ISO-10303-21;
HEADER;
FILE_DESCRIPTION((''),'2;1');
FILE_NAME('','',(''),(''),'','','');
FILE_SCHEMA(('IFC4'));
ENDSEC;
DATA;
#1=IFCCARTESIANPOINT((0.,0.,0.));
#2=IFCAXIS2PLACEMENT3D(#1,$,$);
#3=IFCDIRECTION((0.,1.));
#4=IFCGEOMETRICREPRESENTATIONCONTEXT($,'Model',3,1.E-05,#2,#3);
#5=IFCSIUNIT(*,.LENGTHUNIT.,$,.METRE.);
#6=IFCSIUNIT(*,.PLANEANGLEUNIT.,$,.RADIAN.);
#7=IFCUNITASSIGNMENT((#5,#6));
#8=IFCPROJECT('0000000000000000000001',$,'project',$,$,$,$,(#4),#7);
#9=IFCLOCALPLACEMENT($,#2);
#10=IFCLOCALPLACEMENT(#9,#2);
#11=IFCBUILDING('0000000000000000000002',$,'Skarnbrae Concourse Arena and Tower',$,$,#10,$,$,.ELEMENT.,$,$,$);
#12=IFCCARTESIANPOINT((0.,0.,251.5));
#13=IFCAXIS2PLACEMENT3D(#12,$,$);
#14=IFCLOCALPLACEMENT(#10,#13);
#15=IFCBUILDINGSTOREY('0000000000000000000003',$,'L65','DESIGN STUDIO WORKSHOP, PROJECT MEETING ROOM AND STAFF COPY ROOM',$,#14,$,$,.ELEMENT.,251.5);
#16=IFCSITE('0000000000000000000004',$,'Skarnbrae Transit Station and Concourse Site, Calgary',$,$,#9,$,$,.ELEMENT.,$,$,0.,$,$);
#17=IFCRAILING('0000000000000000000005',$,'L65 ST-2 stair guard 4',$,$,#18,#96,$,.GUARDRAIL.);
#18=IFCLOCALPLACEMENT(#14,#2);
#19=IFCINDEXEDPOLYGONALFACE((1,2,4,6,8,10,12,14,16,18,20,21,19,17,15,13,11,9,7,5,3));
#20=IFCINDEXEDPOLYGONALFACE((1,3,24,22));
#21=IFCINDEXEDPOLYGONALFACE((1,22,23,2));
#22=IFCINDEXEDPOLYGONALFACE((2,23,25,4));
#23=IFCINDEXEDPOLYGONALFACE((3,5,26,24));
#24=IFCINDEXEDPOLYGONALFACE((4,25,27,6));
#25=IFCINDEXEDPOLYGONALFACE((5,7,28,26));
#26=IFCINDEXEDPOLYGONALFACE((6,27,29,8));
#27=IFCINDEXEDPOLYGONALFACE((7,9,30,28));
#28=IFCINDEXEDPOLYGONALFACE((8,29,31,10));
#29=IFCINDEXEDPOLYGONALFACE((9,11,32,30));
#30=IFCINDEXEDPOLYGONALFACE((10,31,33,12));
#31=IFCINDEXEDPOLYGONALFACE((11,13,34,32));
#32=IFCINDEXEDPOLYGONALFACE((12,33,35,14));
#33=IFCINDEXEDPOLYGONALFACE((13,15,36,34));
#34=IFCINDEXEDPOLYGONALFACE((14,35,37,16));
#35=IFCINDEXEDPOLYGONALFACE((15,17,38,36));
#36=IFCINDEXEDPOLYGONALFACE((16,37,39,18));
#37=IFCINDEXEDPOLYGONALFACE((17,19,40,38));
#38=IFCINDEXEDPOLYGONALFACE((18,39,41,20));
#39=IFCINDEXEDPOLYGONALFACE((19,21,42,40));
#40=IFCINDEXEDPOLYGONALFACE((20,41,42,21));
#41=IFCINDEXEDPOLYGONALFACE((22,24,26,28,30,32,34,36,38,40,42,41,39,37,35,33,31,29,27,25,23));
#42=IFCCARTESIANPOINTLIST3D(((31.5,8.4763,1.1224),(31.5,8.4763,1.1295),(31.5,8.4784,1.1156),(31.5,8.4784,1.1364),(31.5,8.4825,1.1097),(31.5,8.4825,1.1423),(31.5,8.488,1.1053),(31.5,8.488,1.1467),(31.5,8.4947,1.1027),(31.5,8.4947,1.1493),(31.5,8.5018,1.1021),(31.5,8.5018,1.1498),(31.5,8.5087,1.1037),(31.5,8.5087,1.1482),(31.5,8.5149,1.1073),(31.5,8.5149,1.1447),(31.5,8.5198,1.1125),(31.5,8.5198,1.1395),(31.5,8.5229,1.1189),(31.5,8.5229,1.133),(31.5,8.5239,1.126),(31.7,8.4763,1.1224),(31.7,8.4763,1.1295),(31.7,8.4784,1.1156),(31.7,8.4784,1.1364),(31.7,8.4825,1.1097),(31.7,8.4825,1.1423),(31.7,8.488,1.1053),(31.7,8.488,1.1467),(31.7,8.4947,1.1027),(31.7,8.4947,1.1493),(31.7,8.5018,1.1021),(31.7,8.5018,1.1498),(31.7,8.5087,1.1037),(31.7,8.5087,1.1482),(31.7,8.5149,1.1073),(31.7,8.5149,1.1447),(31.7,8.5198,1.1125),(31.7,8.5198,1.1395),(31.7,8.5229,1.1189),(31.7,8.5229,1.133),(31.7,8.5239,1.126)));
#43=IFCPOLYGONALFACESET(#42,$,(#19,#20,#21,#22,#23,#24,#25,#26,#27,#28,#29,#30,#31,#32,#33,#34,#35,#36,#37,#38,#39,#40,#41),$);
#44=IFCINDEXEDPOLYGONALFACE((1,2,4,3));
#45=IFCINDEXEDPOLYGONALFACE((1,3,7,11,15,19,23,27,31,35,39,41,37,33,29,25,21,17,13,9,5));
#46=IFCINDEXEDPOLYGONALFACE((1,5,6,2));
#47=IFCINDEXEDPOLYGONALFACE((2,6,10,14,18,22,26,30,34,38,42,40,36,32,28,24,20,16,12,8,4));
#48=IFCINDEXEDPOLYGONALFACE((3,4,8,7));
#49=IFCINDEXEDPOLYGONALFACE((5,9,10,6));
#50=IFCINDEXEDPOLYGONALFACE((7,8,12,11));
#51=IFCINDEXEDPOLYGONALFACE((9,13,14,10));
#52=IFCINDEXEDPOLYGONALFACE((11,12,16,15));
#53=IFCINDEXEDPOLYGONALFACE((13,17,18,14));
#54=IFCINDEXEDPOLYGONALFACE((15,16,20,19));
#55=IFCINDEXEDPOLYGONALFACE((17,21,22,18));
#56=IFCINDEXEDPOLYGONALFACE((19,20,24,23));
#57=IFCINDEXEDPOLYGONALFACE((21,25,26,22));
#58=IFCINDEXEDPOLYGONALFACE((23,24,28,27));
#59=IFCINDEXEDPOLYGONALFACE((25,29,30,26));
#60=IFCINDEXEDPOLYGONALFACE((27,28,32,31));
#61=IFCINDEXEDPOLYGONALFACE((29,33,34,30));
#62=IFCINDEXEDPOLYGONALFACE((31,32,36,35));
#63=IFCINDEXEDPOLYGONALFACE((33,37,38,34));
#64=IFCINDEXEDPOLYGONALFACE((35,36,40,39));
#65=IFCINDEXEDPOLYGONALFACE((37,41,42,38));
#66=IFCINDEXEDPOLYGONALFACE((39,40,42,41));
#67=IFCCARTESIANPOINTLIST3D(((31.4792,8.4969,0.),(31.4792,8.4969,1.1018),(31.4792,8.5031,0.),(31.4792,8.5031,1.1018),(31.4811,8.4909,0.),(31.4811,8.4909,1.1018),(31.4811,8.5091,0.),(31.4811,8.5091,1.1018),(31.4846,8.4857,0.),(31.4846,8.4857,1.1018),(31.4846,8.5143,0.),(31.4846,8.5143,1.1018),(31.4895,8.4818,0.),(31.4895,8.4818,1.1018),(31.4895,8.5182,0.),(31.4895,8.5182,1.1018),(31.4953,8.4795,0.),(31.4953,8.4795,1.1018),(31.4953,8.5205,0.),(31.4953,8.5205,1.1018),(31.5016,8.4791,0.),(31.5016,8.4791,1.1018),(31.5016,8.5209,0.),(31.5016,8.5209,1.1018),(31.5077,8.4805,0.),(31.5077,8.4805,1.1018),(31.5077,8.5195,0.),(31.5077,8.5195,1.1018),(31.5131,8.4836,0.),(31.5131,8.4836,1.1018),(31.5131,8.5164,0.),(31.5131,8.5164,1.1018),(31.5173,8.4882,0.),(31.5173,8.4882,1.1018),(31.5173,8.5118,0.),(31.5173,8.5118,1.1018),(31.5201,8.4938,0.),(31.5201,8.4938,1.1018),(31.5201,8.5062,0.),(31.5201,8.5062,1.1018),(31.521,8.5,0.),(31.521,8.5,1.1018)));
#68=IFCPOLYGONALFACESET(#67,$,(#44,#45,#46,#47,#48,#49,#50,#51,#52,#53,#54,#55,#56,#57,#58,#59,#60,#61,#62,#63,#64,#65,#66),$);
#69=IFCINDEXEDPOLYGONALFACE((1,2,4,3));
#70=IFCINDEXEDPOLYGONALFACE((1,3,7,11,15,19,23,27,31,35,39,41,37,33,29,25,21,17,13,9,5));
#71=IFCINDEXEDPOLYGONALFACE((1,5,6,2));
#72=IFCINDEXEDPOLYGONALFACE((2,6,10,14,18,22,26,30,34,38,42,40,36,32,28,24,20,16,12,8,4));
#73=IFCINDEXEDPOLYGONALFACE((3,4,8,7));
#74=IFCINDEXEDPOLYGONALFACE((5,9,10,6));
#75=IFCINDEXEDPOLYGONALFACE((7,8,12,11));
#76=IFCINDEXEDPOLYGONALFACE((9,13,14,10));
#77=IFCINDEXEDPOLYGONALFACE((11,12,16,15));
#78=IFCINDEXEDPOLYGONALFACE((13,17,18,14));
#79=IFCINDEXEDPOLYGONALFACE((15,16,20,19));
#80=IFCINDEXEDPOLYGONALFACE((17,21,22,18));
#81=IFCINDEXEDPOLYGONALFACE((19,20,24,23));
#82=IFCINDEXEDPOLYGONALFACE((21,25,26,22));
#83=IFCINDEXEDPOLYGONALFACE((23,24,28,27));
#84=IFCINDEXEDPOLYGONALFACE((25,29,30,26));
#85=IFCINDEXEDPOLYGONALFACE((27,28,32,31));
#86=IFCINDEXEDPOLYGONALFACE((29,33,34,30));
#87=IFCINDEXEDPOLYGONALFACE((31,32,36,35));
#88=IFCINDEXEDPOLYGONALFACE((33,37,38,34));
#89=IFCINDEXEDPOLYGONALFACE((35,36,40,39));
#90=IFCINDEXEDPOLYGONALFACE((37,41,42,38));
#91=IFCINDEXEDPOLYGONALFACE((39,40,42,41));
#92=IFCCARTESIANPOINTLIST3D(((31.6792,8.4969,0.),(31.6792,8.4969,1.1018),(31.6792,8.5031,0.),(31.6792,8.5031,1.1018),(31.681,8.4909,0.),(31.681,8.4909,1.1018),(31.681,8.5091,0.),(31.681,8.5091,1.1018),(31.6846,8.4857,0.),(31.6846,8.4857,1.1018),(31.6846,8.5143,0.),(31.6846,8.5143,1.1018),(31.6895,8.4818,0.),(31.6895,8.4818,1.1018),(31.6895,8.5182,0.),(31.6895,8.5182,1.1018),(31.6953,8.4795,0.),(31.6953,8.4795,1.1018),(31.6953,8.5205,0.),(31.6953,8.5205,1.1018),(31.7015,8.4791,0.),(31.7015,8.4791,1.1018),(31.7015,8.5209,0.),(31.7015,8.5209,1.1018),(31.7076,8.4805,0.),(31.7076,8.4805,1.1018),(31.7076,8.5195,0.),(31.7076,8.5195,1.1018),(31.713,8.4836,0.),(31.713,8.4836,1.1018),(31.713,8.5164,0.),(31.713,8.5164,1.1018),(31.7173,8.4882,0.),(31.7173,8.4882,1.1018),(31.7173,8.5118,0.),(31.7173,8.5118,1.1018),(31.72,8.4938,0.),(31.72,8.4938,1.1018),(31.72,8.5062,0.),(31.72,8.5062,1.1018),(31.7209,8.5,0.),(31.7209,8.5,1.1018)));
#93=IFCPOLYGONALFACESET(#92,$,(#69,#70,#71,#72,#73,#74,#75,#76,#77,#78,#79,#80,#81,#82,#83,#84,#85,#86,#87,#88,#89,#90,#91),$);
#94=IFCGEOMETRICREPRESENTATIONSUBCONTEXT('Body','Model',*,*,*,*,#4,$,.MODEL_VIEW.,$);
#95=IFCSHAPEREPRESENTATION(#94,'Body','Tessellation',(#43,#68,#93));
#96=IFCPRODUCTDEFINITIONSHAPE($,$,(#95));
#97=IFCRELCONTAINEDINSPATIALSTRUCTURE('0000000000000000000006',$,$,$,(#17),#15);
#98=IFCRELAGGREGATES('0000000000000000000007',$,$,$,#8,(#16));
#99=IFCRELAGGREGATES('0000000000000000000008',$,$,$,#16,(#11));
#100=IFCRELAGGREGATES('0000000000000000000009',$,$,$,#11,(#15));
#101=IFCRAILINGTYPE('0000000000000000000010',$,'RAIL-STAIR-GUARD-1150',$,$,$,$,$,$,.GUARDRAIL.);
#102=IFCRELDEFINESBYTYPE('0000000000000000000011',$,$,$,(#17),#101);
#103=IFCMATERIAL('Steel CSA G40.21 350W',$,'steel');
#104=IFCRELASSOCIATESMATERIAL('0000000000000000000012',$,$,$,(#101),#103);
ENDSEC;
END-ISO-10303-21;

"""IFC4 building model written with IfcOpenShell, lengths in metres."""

from ifc_helpers import new_model, si_unit, direction, frame, origin, origin_2d, place, context, subcontext, project, spatial, circle, extrude, material, type_object, element, save


model = new_model("IFC4")

# Units and contexts
model_context = context("Model", 3, precision=1e-05, world=origin(), true_north=direction((0.0, 1.0)))
body_context = subcontext(model_context, "Body", "Model", "MODEL_VIEW")
ifc_project = project(units=[si_unit("LENGTHUNIT", "METRE"), si_unit("PLANEANGLEUNIT", "RADIAN")], contexts=[model_context])

# Site, building, storey
site_placement = place(None, origin())
site = spatial("IfcSite", under=ifc_project, at=site_placement, Name="Skarnbrae Transit Station and Concourse Site, Calgary", CompositionType="ELEMENT", RefElevation=0.0)
building_placement = place(site_placement, origin())
building = spatial("IfcBuilding", under=site, at=building_placement, Name="Skarnbrae Concourse Arena and Tower", CompositionType="ELEMENT")
storey_placement = place(building_placement, frame((0.0, 0.0, 251.5)))
storey = spatial("IfcBuildingStorey", under=building, at=storey_placement, Name="L65", Description="DESIGN STUDIO WORKSHOP, PROJECT MEETING ROOM AND STAFF COPY ROOM", CompositionType="ELEMENT", Elevation=251.5)

# Shared definitions
ifc_material_1 = material(Name="Steel CSA G40.21 350W", Category="steel")

# Railing
railing_type = type_object("IfcRailingType", Name="RAIL-STAIR-GUARD-1150", PredefinedType="GUARDRAIL", material=ifc_material_1)
railing_1_placement = place(storey_placement, frame((31.5, 8.5, 0.0)))
element("IfcRailing", 1, at=railing_1_placement, inside=storey, type_object=railing_type, Name="L65 ST-2 stair guard 4", PredefinedType="GUARDRAIL", context=body_context, shape_type="SweptSolid", body=[
    extrude(circle(Radius=0.0239, at=origin_2d()), frame((0.0, 0.0, 1.126), z_axis=(1.0, 0.0, 0.0), x_axis=(0.0, 1.0, 0.0)), (0.0, 0.0, 1.0), 0.2),
    extrude(circle(Radius=0.021, at=origin_2d()), origin(), (0.0, 0.0, 1.0), 1.1018),
    extrude(circle(Radius=0.021, at=origin_2d()), frame((0.2, 0.0, 0.0)), (0.0, 0.0, 1.0), 1.1018),
])

save(model, "model.ifc")
